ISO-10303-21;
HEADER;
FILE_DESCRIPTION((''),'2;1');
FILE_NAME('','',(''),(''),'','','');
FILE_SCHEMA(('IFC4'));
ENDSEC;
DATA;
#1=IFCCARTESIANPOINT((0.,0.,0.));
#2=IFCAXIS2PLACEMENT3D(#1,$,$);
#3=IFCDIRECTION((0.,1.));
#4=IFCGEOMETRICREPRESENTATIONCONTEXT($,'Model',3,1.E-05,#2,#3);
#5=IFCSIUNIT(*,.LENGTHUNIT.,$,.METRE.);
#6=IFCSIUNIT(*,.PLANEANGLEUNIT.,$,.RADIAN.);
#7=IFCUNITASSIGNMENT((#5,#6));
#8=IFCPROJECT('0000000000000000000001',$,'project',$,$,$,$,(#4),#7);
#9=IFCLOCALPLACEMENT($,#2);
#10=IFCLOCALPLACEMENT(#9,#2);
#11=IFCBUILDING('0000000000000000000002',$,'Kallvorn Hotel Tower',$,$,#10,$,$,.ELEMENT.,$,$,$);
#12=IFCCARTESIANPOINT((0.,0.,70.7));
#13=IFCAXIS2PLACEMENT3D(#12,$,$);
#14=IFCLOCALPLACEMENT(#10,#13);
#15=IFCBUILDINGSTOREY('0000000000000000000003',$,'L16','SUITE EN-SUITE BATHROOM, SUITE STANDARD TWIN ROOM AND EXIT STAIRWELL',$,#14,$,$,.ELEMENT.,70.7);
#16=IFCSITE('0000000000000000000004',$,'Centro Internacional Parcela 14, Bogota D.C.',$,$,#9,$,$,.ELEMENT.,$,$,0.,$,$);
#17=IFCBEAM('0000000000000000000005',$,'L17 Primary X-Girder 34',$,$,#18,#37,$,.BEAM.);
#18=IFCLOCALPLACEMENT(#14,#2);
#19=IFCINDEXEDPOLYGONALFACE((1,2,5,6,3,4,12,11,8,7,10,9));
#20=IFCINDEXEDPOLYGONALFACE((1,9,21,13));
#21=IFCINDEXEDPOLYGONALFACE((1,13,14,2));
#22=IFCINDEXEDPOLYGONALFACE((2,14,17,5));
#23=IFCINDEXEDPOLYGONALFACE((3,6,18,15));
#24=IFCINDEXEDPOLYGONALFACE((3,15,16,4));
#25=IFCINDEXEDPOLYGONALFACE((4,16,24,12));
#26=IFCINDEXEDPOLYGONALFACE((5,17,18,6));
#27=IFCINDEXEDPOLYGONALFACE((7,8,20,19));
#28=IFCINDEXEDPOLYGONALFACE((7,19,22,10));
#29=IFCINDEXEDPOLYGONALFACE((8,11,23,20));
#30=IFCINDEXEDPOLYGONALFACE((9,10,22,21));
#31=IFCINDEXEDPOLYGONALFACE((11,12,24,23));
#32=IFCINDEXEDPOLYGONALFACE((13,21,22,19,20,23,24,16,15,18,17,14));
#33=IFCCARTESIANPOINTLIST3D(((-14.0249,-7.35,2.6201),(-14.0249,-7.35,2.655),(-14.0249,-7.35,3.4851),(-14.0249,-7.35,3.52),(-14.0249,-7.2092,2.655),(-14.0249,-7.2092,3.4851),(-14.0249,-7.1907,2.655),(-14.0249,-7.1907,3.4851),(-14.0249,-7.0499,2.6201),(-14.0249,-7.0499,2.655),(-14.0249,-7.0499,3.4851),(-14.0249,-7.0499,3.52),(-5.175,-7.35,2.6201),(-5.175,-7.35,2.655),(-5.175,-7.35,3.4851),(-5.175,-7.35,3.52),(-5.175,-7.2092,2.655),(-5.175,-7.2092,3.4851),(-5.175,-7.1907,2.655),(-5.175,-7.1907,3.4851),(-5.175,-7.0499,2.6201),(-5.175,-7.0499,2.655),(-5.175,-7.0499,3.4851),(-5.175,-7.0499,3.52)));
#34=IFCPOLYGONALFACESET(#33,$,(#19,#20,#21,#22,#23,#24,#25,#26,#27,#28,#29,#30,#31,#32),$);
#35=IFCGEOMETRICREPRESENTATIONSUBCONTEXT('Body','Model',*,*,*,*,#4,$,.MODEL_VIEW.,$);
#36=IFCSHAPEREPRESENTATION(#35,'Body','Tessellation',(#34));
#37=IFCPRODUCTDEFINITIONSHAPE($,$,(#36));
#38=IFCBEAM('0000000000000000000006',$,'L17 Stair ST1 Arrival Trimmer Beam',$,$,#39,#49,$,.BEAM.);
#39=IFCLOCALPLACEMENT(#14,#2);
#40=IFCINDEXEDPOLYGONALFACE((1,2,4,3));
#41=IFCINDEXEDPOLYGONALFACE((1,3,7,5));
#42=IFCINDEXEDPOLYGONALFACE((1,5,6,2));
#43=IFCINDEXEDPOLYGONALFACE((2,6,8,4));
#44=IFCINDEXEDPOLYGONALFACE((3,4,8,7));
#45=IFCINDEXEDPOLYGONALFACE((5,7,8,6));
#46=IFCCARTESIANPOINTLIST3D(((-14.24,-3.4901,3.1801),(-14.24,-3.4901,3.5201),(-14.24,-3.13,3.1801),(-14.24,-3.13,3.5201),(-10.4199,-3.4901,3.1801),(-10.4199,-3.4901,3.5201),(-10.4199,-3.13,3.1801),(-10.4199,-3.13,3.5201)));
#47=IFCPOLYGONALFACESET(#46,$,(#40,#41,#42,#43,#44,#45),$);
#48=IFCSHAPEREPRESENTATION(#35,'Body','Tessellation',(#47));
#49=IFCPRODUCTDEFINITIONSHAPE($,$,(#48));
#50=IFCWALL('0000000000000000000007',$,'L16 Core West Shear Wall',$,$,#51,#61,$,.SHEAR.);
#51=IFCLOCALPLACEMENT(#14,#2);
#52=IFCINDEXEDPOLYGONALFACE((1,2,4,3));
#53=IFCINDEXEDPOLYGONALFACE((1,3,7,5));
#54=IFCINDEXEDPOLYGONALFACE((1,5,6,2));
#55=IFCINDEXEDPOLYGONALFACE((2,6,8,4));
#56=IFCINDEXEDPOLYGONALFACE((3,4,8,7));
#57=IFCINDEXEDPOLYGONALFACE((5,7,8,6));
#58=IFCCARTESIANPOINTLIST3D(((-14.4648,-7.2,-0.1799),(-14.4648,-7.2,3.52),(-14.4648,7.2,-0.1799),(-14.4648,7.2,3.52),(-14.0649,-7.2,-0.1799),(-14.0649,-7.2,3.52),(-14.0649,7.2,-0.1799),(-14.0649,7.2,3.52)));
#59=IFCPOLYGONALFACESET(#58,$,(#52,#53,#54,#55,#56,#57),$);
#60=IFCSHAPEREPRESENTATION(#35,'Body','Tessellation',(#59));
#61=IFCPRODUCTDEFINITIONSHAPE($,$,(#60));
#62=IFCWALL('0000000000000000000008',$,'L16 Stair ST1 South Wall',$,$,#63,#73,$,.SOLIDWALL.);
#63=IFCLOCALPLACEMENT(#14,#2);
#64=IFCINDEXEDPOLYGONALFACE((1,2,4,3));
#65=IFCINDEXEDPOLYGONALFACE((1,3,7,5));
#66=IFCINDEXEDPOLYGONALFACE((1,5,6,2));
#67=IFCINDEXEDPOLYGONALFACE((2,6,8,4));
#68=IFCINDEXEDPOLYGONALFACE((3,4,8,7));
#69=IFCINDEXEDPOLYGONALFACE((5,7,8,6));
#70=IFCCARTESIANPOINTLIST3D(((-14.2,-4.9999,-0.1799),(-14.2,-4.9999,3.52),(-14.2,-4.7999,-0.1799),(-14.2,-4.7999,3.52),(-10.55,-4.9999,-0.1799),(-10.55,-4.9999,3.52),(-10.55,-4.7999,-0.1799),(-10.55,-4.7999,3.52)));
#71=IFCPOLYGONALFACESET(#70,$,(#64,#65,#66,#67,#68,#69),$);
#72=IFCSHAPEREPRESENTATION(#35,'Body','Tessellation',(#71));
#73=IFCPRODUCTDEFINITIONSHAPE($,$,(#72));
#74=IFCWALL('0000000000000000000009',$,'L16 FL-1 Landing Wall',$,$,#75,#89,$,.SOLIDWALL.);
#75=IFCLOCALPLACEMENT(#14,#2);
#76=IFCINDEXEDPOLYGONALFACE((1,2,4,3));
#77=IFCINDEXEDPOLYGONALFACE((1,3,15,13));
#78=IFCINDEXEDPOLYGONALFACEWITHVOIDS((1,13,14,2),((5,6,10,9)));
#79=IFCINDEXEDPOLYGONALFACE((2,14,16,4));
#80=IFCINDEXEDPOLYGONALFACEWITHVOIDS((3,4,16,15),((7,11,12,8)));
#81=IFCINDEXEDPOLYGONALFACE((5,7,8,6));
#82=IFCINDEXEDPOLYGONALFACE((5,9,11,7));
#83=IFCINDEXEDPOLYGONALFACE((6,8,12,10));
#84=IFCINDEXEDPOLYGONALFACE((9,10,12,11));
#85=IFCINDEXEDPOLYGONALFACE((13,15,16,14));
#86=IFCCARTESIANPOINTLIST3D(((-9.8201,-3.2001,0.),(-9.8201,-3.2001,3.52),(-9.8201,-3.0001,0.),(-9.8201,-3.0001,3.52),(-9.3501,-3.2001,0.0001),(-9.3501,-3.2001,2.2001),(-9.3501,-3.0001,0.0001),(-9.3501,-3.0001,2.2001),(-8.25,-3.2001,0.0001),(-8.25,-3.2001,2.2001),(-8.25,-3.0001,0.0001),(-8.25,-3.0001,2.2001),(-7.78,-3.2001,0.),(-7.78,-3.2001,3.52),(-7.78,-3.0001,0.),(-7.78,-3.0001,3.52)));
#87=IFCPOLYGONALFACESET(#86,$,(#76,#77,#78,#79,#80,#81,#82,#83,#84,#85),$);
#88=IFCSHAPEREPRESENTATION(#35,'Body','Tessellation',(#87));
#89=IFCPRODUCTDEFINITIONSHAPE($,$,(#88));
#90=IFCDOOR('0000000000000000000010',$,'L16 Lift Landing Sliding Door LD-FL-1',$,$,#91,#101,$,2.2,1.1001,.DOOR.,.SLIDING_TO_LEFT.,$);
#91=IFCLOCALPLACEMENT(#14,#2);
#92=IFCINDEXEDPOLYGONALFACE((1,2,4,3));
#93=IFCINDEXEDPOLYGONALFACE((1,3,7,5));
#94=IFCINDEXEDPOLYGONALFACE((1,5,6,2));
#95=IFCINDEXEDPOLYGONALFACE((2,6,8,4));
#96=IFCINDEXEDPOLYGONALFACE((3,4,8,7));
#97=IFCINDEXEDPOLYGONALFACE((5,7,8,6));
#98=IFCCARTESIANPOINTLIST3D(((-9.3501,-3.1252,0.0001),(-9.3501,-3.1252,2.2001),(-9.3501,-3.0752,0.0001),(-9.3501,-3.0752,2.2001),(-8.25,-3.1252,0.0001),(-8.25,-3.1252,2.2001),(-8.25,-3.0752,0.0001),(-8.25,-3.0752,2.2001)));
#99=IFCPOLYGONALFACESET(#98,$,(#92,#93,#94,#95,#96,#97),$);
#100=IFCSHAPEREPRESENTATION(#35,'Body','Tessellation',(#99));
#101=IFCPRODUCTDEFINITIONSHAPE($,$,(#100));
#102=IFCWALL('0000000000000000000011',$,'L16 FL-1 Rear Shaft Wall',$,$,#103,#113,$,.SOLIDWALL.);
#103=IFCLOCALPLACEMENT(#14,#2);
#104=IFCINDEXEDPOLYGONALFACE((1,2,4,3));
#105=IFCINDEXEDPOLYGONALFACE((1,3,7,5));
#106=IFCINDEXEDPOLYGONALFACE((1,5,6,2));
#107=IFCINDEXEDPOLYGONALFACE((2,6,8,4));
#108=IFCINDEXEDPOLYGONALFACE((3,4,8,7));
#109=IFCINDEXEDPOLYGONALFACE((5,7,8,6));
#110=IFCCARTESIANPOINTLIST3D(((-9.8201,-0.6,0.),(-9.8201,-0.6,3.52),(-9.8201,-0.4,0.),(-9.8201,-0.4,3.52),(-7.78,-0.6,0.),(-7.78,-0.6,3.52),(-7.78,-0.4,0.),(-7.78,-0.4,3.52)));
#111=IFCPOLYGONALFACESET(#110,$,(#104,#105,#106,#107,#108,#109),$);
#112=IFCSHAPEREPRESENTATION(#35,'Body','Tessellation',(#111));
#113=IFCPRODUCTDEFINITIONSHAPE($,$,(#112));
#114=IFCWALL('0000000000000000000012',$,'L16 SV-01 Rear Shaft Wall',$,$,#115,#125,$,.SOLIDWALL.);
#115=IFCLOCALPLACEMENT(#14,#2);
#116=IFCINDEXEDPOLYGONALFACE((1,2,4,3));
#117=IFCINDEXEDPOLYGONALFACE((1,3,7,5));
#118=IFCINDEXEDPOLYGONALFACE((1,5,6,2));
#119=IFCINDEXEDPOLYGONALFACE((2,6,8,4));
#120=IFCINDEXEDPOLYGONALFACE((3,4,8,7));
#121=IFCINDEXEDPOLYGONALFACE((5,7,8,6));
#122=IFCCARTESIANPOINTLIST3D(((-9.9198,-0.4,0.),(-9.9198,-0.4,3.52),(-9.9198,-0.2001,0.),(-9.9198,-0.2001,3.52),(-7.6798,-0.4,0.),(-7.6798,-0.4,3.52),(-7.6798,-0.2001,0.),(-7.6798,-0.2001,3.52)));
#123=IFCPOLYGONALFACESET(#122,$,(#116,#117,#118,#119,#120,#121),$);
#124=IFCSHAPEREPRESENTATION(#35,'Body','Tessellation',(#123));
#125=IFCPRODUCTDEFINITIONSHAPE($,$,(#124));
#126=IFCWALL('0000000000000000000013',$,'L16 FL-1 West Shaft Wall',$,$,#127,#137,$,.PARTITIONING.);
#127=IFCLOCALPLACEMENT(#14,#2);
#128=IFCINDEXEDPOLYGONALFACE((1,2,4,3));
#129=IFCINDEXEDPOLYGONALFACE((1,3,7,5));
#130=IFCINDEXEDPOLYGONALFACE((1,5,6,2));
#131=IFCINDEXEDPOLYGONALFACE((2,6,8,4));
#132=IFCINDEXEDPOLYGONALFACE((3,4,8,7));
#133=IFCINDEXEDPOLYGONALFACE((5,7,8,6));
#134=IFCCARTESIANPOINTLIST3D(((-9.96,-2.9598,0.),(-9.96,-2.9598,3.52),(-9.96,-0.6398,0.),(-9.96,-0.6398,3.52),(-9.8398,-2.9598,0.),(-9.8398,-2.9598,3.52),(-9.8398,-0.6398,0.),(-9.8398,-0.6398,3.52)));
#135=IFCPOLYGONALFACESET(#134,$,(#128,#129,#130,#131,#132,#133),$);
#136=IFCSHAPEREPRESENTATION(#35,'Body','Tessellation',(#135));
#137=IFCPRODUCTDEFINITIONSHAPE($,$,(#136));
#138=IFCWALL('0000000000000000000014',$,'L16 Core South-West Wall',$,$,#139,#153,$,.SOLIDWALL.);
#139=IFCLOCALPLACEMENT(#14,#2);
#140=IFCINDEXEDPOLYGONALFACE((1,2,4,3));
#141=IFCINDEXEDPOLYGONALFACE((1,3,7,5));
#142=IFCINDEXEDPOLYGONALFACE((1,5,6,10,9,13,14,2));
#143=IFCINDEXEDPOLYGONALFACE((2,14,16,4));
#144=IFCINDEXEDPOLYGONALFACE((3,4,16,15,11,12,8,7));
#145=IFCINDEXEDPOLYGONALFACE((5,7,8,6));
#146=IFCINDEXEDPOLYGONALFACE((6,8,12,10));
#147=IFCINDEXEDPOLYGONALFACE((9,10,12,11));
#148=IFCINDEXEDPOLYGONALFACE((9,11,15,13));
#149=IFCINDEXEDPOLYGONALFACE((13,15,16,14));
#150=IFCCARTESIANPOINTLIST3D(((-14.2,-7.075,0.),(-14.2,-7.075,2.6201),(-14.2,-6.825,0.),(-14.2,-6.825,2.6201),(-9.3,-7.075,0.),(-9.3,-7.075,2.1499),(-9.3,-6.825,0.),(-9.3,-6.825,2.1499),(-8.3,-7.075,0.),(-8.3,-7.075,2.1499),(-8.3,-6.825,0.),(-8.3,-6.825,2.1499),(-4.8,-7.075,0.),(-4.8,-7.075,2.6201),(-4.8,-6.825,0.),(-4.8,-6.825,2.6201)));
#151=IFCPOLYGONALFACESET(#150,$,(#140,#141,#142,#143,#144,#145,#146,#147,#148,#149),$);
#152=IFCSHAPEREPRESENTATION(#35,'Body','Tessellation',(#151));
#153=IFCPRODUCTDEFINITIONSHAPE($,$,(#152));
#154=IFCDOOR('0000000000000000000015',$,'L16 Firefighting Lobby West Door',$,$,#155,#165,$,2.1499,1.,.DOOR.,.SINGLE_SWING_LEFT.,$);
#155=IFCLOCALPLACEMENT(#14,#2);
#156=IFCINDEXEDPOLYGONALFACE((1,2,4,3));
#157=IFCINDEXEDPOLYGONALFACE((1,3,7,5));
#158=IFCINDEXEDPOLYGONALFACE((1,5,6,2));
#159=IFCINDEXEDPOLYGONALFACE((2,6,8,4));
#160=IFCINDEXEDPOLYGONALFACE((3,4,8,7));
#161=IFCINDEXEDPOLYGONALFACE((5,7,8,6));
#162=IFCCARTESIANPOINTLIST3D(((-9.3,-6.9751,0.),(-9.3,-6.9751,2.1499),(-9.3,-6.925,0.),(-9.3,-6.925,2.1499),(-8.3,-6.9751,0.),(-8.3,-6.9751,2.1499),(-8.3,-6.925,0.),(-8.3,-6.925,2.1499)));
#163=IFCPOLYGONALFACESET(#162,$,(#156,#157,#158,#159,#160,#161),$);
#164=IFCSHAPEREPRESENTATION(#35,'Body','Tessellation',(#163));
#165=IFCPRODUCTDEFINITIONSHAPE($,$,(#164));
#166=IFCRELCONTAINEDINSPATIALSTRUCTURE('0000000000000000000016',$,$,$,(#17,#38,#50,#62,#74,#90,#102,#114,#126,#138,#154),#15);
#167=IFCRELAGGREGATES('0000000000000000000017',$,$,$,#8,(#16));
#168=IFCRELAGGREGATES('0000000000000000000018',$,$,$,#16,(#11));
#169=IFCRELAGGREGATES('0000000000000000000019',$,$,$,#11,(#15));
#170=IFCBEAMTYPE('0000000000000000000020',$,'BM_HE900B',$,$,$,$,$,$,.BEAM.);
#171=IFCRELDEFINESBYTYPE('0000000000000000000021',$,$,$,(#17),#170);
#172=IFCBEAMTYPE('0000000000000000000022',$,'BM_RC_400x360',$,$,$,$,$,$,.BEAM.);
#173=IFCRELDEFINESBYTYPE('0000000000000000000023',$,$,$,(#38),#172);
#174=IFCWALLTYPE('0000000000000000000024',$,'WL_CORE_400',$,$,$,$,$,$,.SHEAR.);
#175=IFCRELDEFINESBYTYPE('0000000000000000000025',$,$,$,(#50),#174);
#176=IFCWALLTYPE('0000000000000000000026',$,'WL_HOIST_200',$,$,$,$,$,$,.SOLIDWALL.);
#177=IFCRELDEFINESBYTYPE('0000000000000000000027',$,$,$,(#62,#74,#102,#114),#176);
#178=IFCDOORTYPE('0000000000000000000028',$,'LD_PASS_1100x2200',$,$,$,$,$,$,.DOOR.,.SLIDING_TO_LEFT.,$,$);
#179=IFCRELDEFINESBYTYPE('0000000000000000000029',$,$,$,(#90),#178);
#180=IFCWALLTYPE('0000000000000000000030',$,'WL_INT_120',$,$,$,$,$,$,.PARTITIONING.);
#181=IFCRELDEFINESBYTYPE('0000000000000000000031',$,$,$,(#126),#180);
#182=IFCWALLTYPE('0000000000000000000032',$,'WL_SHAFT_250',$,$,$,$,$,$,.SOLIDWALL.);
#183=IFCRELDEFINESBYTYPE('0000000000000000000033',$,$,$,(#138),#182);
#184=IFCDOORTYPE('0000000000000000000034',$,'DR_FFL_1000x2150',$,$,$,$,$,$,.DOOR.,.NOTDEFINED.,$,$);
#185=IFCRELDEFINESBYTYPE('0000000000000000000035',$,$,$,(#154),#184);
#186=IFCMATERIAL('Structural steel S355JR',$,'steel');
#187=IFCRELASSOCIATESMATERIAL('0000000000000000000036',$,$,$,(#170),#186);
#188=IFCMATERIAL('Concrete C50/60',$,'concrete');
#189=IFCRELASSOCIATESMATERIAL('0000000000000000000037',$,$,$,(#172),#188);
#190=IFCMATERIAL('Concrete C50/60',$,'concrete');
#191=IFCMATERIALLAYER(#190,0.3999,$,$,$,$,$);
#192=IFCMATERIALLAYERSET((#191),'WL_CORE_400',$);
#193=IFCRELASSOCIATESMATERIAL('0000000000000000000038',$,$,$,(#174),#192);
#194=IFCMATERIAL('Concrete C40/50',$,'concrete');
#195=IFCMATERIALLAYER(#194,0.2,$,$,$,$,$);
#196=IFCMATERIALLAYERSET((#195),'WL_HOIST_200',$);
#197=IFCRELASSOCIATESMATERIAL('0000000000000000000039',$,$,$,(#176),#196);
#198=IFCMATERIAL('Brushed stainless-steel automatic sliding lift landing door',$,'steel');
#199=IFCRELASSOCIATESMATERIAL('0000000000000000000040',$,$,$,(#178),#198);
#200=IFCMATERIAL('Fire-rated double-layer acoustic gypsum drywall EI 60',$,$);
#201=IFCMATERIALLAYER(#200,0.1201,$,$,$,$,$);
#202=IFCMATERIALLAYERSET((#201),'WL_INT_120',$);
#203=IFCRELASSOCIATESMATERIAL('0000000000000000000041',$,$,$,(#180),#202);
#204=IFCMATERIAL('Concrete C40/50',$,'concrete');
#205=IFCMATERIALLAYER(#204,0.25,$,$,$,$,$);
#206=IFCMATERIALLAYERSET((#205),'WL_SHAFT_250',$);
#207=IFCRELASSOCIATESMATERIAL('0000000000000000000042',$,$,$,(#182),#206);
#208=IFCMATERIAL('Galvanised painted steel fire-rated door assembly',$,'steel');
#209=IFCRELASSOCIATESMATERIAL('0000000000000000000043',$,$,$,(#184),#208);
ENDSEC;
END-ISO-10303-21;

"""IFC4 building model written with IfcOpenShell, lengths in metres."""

from ifc_helpers import new_model, si_unit, direction, frame, frame_2d, origin, origin_2d, place, context, subcontext, project, spatial, rectangle, i_section, extrude, material, layer, layer_set, material_profile, profile_set, type_object, element, fill, save


model = new_model("IFC4")

# Units and contexts
model_context = context("Model", 3, precision=1e-05, world=origin(), true_north=direction((0.0, 1.0)))
body_context = subcontext(model_context, "Body", "Model", "MODEL_VIEW")
ifc_project = project(units=[si_unit("LENGTHUNIT", "METRE"), si_unit("PLANEANGLEUNIT", "RADIAN")], contexts=[model_context])

# Site, building, storey
site_placement = place(None, origin())
site = spatial("IfcSite", under=ifc_project, at=site_placement, Name="Centro Internacional Parcela 14, Bogota D.C.", CompositionType="ELEMENT", RefElevation=0.0)
building_placement = place(site_placement, origin())
building = spatial("IfcBuilding", under=site, at=building_placement, Name="Kallvorn Hotel Tower", CompositionType="ELEMENT")
storey_placement = place(building_placement, frame((0.0, 0.0, 70.7)))
storey = spatial("IfcBuildingStorey", under=building, at=storey_placement, Name="L16", Description="SUITE EN-SUITE BATHROOM, SUITE STANDARD TWIN ROOM AND EXIT STAIRWELL", CompositionType="ELEMENT", Elevation=70.7)

# Beams
ifc_material_1 = material(Name="Structural steel S355JR", Category="steel")
ifc_material_profile_1 = material_profile(ifc_material_1, i_section(OverallWidth=0.3, OverallDepth=0.8999, WebThickness=0.0186, FlangeThickness=0.0349, at=origin_2d()), Name="HE 900 B")
ifc_profile_set_1 = profile_set([ifc_material_profile_1], Name="Structural steel S355JR")
beam_type_1 = type_object("IfcBeamType", Name="BM_HE900B", PredefinedType="BEAM", material=ifc_profile_set_1)
beam_1_placement = place(storey_placement, frame((-14.0249, -7.2, 3.0701), z_axis=(1.0, 0.0, 0.0), x_axis=(0.0, 1.0, 0.0)))
element("IfcBeam", 1, at=beam_1_placement, inside=storey, type_object=beam_type_1, Name="L17 Primary X-Girder 34", PredefinedType="BEAM", context=body_context, shape_type="SweptSolid", body=[
    extrude(i_section(OverallWidth=0.3, OverallDepth=0.8999, WebThickness=0.0186, FlangeThickness=0.0349, at=origin_2d()), origin(), (0.0, 0.0, 1.0), 8.8499),
])
ifc_material_2 = material(Name="Concrete C50/60", Category="concrete")
ifc_material_profile_2 = material_profile(ifc_material_2, rectangle(XDim=0.3601, YDim=0.3401, at=origin_2d()), Name="RC 360x340")
ifc_profile_set_2 = profile_set([ifc_material_profile_2], Name="Concrete C50/60")
beam_type_2 = type_object("IfcBeamType", Name="BM_RC_400x360", PredefinedType="BEAM", material=ifc_profile_set_2)
beam_2_placement = place(storey_placement, frame((-10.4199, -3.3101, 3.3501), z_axis=(-1.0, 0.0, 0.0), x_axis=(0.0, -1.0, 0.0)))
element("IfcBeam", 2, at=beam_2_placement, inside=storey, type_object=beam_type_2, Name="L17 Stair ST1 Arrival Trimmer Beam", PredefinedType="BEAM", context=body_context, shape_type="SweptSolid", body=[
    extrude(rectangle(XDim=0.3601, YDim=0.3401, at=origin_2d()), origin(), (0.0, 0.0, 1.0), 3.8201),
])

# Walls
ifc_material_3 = material(Name="Concrete C50/60", Category="concrete")
ifc_layer_1 = layer(ifc_material_3, 0.3999)
ifc_layer_set_1 = layer_set([ifc_layer_1], Name="WL_CORE_400")
wall_type_1 = type_object("IfcWallType", Name="WL_CORE_400", PredefinedType="SHEAR", material=ifc_layer_set_1)
wall_1_placement = place(storey_placement, frame((-14.2649, -7.2, -0.1799), z_axis=(0.0, 0.0, 1.0), x_axis=(0.0, 1.0, 0.0)))
element("IfcWall", 3, at=wall_1_placement, inside=storey, type_object=wall_type_1, Name="L16 Core West Shear Wall", PredefinedType="SHEAR", context=body_context, shape_type="SweptSolid", body=[
    extrude(rectangle(XDim=14.3999, YDim=0.3999, at=frame_2d((7.2, 0.0))), origin(), (0.0, 0.0, 1.0), 3.7),
])
ifc_material_4 = material(Name="Concrete C40/50", Category="concrete")
ifc_layer_2 = layer(ifc_material_4, 0.2)
ifc_layer_set_2 = layer_set([ifc_layer_2], Name="WL_HOIST_200")
wall_type_2 = type_object("IfcWallType", Name="WL_HOIST_200", PredefinedType="SOLIDWALL", material=ifc_layer_set_2)
wall_2_placement = place(storey_placement, frame((-14.2, -4.8999, -0.1799), z_axis=(0.0, 0.0, 1.0), x_axis=(1.0, 0.0, 0.0)))
element("IfcWall", 4, at=wall_2_placement, inside=storey, type_object=wall_type_2, Name="L16 Stair ST1 South Wall", PredefinedType="SOLIDWALL", context=body_context, shape_type="SweptSolid", body=[
    extrude(rectangle(XDim=3.6499, YDim=0.2, at=frame_2d((1.825, 0.0))), origin(), (0.0, 0.0, 1.0), 3.7),
])

# Wall, opening, door
wall_3_placement = place(storey_placement, frame((-9.8201, -3.1001, 0.0), z_axis=(0.0, 0.0, 1.0), x_axis=(1.0, 0.0, 0.0)))
wall_3 = element("IfcWall", 5, at=wall_3_placement, inside=storey, type_object=wall_type_2, Name="L16 FL-1 Landing Wall", PredefinedType="SOLIDWALL", context=body_context, shape_type="SweptSolid", body=[
    extrude(rectangle(XDim=2.04, YDim=0.2, at=frame_2d((1.02, 0.0))), origin(), (0.0, 0.0, 1.0), 3.52),
])
opening_1_placement = place(wall_3_placement, frame((0.47, 0.0, 0.0)))
opening_1 = element("IfcOpeningElement", 6, at=opening_1_placement, cuts=wall_3, PredefinedType="OPENING", context=body_context, shape_type="SweptSolid", body=[
    extrude(rectangle(XDim=1.1001, YDim=2.2, at=frame_2d((0.55, 1.1001))), frame((0.0, 0.115, 0.0), z_axis=(0.0, -1.0, 0.0), x_axis=(1.0, 0.0, 0.0)), (0.0, 0.0, 1.0), 0.23),
])
ifc_material_5 = material(Name="Brushed stainless-steel automatic sliding lift landing door", Category="steel")
door_type_1 = type_object("IfcDoorType", Name="LD_PASS_1100x2200", OperationType="SLIDING_TO_LEFT", PredefinedType="DOOR", material=ifc_material_5)
door_1_placement = place(opening_1_placement, origin())
door_1 = element("IfcDoor", 7, at=door_1_placement, inside=storey, type_object=door_type_1, Name="L16 Lift Landing Sliding Door LD-FL-1", OperationType="SLIDING_TO_LEFT", OverallHeight=2.2, OverallWidth=1.1001, PredefinedType="DOOR", context=body_context, shape_type="SweptSolid", body=[
    extrude(rectangle(XDim=1.1001, YDim=2.2, at=frame_2d((0.55, 1.1001))), frame((0.0, 0.0249, 0.0), z_axis=(0.0, -1.0, 0.0), x_axis=(1.0, 0.0, 0.0)), (0.0, 0.0, 1.0), 0.05),
])
fill(opening_1, door_1)

# Walls
wall_4_placement = place(storey_placement, frame((-9.8201, -0.5, 0.0), z_axis=(0.0, 0.0, 1.0), x_axis=(1.0, 0.0, 0.0)))
element("IfcWall", 8, at=wall_4_placement, inside=storey, type_object=wall_type_2, Name="L16 FL-1 Rear Shaft Wall", PredefinedType="SOLIDWALL", context=body_context, shape_type="SweptSolid", body=[
    extrude(rectangle(XDim=2.04, YDim=0.2, at=frame_2d((1.02, 0.0))), origin(), (0.0, 0.0, 1.0), 3.52),
])
wall_5_placement = place(storey_placement, frame((-9.9199, -0.3, 0.0), z_axis=(0.0, 0.0, 1.0), x_axis=(1.0, 0.0, 0.0)))
element("IfcWall", 9, at=wall_5_placement, inside=storey, type_object=wall_type_2, Name="L16 SV-01 Rear Shaft Wall", PredefinedType="SOLIDWALL", context=body_context, shape_type="SweptSolid", body=[
    extrude(rectangle(XDim=2.24, YDim=0.2, at=frame_2d((1.1201, 0.0))), origin(), (0.0, 0.0, 1.0), 3.52),
])
ifc_material_6 = material(Name="Fire-rated double-layer acoustic gypsum drywall EI 60")
ifc_layer_3 = layer(ifc_material_6, 0.1201)
ifc_layer_set_3 = layer_set([ifc_layer_3], Name="WL_INT_120")
wall_type_3 = type_object("IfcWallType", Name="WL_INT_120", PredefinedType="PARTITIONING", material=ifc_layer_set_3)
wall_6_placement = place(storey_placement, frame((-9.8999, -2.96, 0.0), z_axis=(0.0, 0.0, 1.0), x_axis=(0.0, 1.0, 0.0)))
element("IfcWall", 10, at=wall_6_placement, inside=storey, type_object=wall_type_3, Name="L16 FL-1 West Shaft Wall", PredefinedType="PARTITIONING", context=body_context, shape_type="SweptSolid", body=[
    extrude(rectangle(XDim=2.3201, YDim=0.1201, at=frame_2d((1.1602, 0.0))), origin(), (0.0, 0.0, 1.0), 3.52),
])

# Wall, opening, door
ifc_material_7 = material(Name="Concrete C40/50", Category="concrete")
ifc_layer_4 = layer(ifc_material_7, 0.25)
ifc_layer_set_4 = layer_set([ifc_layer_4], Name="WL_SHAFT_250")
wall_type_4 = type_object("IfcWallType", Name="WL_SHAFT_250", PredefinedType="SOLIDWALL", material=ifc_layer_set_4)
wall_7_placement = place(storey_placement, frame((-14.2, -6.95, 0.0), z_axis=(0.0, 0.0, 1.0), x_axis=(1.0, 0.0, 0.0)))
wall_7 = element("IfcWall", 11, at=wall_7_placement, inside=storey, type_object=wall_type_4, Name="L16 Core South-West Wall", PredefinedType="SOLIDWALL", context=body_context, shape_type="SweptSolid", body=[
    extrude(rectangle(XDim=9.3999, YDim=0.25, at=frame_2d((4.7, 0.0))), origin(), (0.0, 0.0, 1.0), 2.6201),
])
opening_2_placement = place(wall_7_placement, frame((4.8999, 0.0, 0.0)))
opening_2 = element("IfcOpeningElement", 12, at=opening_2_placement, cuts=wall_7, PredefinedType="OPENING", context=body_context, shape_type="SweptSolid", body=[
    extrude(rectangle(XDim=1.0, YDim=2.1499, at=frame_2d((0.5, 1.075))), frame((0.0, 0.1399, 0.0), z_axis=(0.0, -1.0, 0.0), x_axis=(1.0, 0.0, 0.0)), (0.0, 0.0, 1.0), 0.28),
])
ifc_material_8 = material(Name="Galvanised painted steel fire-rated door assembly", Category="steel")
door_type_2 = type_object("IfcDoorType", Name="DR_FFL_1000x2150", OperationType="NOTDEFINED", PredefinedType="DOOR", material=ifc_material_8)
door_2_placement = place(opening_2_placement, origin())
door_2 = element("IfcDoor", 13, at=door_2_placement, inside=storey, type_object=door_type_2, Name="L16 Firefighting Lobby West Door", OperationType="SINGLE_SWING_LEFT", OverallHeight=2.1499, OverallWidth=1.0, PredefinedType="DOOR", context=body_context, shape_type="SweptSolid", body=[
    extrude(rectangle(XDim=1.0, YDim=2.1499, at=frame_2d((0.5, 1.075))), frame((0.0, 0.0249, 0.0), z_axis=(0.0, -1.0, 0.0), x_axis=(1.0, 0.0, 0.0)), (0.0, 0.0, 1.0), 0.05),
])
fill(opening_2, door_2)

save(model, "model.ifc")
